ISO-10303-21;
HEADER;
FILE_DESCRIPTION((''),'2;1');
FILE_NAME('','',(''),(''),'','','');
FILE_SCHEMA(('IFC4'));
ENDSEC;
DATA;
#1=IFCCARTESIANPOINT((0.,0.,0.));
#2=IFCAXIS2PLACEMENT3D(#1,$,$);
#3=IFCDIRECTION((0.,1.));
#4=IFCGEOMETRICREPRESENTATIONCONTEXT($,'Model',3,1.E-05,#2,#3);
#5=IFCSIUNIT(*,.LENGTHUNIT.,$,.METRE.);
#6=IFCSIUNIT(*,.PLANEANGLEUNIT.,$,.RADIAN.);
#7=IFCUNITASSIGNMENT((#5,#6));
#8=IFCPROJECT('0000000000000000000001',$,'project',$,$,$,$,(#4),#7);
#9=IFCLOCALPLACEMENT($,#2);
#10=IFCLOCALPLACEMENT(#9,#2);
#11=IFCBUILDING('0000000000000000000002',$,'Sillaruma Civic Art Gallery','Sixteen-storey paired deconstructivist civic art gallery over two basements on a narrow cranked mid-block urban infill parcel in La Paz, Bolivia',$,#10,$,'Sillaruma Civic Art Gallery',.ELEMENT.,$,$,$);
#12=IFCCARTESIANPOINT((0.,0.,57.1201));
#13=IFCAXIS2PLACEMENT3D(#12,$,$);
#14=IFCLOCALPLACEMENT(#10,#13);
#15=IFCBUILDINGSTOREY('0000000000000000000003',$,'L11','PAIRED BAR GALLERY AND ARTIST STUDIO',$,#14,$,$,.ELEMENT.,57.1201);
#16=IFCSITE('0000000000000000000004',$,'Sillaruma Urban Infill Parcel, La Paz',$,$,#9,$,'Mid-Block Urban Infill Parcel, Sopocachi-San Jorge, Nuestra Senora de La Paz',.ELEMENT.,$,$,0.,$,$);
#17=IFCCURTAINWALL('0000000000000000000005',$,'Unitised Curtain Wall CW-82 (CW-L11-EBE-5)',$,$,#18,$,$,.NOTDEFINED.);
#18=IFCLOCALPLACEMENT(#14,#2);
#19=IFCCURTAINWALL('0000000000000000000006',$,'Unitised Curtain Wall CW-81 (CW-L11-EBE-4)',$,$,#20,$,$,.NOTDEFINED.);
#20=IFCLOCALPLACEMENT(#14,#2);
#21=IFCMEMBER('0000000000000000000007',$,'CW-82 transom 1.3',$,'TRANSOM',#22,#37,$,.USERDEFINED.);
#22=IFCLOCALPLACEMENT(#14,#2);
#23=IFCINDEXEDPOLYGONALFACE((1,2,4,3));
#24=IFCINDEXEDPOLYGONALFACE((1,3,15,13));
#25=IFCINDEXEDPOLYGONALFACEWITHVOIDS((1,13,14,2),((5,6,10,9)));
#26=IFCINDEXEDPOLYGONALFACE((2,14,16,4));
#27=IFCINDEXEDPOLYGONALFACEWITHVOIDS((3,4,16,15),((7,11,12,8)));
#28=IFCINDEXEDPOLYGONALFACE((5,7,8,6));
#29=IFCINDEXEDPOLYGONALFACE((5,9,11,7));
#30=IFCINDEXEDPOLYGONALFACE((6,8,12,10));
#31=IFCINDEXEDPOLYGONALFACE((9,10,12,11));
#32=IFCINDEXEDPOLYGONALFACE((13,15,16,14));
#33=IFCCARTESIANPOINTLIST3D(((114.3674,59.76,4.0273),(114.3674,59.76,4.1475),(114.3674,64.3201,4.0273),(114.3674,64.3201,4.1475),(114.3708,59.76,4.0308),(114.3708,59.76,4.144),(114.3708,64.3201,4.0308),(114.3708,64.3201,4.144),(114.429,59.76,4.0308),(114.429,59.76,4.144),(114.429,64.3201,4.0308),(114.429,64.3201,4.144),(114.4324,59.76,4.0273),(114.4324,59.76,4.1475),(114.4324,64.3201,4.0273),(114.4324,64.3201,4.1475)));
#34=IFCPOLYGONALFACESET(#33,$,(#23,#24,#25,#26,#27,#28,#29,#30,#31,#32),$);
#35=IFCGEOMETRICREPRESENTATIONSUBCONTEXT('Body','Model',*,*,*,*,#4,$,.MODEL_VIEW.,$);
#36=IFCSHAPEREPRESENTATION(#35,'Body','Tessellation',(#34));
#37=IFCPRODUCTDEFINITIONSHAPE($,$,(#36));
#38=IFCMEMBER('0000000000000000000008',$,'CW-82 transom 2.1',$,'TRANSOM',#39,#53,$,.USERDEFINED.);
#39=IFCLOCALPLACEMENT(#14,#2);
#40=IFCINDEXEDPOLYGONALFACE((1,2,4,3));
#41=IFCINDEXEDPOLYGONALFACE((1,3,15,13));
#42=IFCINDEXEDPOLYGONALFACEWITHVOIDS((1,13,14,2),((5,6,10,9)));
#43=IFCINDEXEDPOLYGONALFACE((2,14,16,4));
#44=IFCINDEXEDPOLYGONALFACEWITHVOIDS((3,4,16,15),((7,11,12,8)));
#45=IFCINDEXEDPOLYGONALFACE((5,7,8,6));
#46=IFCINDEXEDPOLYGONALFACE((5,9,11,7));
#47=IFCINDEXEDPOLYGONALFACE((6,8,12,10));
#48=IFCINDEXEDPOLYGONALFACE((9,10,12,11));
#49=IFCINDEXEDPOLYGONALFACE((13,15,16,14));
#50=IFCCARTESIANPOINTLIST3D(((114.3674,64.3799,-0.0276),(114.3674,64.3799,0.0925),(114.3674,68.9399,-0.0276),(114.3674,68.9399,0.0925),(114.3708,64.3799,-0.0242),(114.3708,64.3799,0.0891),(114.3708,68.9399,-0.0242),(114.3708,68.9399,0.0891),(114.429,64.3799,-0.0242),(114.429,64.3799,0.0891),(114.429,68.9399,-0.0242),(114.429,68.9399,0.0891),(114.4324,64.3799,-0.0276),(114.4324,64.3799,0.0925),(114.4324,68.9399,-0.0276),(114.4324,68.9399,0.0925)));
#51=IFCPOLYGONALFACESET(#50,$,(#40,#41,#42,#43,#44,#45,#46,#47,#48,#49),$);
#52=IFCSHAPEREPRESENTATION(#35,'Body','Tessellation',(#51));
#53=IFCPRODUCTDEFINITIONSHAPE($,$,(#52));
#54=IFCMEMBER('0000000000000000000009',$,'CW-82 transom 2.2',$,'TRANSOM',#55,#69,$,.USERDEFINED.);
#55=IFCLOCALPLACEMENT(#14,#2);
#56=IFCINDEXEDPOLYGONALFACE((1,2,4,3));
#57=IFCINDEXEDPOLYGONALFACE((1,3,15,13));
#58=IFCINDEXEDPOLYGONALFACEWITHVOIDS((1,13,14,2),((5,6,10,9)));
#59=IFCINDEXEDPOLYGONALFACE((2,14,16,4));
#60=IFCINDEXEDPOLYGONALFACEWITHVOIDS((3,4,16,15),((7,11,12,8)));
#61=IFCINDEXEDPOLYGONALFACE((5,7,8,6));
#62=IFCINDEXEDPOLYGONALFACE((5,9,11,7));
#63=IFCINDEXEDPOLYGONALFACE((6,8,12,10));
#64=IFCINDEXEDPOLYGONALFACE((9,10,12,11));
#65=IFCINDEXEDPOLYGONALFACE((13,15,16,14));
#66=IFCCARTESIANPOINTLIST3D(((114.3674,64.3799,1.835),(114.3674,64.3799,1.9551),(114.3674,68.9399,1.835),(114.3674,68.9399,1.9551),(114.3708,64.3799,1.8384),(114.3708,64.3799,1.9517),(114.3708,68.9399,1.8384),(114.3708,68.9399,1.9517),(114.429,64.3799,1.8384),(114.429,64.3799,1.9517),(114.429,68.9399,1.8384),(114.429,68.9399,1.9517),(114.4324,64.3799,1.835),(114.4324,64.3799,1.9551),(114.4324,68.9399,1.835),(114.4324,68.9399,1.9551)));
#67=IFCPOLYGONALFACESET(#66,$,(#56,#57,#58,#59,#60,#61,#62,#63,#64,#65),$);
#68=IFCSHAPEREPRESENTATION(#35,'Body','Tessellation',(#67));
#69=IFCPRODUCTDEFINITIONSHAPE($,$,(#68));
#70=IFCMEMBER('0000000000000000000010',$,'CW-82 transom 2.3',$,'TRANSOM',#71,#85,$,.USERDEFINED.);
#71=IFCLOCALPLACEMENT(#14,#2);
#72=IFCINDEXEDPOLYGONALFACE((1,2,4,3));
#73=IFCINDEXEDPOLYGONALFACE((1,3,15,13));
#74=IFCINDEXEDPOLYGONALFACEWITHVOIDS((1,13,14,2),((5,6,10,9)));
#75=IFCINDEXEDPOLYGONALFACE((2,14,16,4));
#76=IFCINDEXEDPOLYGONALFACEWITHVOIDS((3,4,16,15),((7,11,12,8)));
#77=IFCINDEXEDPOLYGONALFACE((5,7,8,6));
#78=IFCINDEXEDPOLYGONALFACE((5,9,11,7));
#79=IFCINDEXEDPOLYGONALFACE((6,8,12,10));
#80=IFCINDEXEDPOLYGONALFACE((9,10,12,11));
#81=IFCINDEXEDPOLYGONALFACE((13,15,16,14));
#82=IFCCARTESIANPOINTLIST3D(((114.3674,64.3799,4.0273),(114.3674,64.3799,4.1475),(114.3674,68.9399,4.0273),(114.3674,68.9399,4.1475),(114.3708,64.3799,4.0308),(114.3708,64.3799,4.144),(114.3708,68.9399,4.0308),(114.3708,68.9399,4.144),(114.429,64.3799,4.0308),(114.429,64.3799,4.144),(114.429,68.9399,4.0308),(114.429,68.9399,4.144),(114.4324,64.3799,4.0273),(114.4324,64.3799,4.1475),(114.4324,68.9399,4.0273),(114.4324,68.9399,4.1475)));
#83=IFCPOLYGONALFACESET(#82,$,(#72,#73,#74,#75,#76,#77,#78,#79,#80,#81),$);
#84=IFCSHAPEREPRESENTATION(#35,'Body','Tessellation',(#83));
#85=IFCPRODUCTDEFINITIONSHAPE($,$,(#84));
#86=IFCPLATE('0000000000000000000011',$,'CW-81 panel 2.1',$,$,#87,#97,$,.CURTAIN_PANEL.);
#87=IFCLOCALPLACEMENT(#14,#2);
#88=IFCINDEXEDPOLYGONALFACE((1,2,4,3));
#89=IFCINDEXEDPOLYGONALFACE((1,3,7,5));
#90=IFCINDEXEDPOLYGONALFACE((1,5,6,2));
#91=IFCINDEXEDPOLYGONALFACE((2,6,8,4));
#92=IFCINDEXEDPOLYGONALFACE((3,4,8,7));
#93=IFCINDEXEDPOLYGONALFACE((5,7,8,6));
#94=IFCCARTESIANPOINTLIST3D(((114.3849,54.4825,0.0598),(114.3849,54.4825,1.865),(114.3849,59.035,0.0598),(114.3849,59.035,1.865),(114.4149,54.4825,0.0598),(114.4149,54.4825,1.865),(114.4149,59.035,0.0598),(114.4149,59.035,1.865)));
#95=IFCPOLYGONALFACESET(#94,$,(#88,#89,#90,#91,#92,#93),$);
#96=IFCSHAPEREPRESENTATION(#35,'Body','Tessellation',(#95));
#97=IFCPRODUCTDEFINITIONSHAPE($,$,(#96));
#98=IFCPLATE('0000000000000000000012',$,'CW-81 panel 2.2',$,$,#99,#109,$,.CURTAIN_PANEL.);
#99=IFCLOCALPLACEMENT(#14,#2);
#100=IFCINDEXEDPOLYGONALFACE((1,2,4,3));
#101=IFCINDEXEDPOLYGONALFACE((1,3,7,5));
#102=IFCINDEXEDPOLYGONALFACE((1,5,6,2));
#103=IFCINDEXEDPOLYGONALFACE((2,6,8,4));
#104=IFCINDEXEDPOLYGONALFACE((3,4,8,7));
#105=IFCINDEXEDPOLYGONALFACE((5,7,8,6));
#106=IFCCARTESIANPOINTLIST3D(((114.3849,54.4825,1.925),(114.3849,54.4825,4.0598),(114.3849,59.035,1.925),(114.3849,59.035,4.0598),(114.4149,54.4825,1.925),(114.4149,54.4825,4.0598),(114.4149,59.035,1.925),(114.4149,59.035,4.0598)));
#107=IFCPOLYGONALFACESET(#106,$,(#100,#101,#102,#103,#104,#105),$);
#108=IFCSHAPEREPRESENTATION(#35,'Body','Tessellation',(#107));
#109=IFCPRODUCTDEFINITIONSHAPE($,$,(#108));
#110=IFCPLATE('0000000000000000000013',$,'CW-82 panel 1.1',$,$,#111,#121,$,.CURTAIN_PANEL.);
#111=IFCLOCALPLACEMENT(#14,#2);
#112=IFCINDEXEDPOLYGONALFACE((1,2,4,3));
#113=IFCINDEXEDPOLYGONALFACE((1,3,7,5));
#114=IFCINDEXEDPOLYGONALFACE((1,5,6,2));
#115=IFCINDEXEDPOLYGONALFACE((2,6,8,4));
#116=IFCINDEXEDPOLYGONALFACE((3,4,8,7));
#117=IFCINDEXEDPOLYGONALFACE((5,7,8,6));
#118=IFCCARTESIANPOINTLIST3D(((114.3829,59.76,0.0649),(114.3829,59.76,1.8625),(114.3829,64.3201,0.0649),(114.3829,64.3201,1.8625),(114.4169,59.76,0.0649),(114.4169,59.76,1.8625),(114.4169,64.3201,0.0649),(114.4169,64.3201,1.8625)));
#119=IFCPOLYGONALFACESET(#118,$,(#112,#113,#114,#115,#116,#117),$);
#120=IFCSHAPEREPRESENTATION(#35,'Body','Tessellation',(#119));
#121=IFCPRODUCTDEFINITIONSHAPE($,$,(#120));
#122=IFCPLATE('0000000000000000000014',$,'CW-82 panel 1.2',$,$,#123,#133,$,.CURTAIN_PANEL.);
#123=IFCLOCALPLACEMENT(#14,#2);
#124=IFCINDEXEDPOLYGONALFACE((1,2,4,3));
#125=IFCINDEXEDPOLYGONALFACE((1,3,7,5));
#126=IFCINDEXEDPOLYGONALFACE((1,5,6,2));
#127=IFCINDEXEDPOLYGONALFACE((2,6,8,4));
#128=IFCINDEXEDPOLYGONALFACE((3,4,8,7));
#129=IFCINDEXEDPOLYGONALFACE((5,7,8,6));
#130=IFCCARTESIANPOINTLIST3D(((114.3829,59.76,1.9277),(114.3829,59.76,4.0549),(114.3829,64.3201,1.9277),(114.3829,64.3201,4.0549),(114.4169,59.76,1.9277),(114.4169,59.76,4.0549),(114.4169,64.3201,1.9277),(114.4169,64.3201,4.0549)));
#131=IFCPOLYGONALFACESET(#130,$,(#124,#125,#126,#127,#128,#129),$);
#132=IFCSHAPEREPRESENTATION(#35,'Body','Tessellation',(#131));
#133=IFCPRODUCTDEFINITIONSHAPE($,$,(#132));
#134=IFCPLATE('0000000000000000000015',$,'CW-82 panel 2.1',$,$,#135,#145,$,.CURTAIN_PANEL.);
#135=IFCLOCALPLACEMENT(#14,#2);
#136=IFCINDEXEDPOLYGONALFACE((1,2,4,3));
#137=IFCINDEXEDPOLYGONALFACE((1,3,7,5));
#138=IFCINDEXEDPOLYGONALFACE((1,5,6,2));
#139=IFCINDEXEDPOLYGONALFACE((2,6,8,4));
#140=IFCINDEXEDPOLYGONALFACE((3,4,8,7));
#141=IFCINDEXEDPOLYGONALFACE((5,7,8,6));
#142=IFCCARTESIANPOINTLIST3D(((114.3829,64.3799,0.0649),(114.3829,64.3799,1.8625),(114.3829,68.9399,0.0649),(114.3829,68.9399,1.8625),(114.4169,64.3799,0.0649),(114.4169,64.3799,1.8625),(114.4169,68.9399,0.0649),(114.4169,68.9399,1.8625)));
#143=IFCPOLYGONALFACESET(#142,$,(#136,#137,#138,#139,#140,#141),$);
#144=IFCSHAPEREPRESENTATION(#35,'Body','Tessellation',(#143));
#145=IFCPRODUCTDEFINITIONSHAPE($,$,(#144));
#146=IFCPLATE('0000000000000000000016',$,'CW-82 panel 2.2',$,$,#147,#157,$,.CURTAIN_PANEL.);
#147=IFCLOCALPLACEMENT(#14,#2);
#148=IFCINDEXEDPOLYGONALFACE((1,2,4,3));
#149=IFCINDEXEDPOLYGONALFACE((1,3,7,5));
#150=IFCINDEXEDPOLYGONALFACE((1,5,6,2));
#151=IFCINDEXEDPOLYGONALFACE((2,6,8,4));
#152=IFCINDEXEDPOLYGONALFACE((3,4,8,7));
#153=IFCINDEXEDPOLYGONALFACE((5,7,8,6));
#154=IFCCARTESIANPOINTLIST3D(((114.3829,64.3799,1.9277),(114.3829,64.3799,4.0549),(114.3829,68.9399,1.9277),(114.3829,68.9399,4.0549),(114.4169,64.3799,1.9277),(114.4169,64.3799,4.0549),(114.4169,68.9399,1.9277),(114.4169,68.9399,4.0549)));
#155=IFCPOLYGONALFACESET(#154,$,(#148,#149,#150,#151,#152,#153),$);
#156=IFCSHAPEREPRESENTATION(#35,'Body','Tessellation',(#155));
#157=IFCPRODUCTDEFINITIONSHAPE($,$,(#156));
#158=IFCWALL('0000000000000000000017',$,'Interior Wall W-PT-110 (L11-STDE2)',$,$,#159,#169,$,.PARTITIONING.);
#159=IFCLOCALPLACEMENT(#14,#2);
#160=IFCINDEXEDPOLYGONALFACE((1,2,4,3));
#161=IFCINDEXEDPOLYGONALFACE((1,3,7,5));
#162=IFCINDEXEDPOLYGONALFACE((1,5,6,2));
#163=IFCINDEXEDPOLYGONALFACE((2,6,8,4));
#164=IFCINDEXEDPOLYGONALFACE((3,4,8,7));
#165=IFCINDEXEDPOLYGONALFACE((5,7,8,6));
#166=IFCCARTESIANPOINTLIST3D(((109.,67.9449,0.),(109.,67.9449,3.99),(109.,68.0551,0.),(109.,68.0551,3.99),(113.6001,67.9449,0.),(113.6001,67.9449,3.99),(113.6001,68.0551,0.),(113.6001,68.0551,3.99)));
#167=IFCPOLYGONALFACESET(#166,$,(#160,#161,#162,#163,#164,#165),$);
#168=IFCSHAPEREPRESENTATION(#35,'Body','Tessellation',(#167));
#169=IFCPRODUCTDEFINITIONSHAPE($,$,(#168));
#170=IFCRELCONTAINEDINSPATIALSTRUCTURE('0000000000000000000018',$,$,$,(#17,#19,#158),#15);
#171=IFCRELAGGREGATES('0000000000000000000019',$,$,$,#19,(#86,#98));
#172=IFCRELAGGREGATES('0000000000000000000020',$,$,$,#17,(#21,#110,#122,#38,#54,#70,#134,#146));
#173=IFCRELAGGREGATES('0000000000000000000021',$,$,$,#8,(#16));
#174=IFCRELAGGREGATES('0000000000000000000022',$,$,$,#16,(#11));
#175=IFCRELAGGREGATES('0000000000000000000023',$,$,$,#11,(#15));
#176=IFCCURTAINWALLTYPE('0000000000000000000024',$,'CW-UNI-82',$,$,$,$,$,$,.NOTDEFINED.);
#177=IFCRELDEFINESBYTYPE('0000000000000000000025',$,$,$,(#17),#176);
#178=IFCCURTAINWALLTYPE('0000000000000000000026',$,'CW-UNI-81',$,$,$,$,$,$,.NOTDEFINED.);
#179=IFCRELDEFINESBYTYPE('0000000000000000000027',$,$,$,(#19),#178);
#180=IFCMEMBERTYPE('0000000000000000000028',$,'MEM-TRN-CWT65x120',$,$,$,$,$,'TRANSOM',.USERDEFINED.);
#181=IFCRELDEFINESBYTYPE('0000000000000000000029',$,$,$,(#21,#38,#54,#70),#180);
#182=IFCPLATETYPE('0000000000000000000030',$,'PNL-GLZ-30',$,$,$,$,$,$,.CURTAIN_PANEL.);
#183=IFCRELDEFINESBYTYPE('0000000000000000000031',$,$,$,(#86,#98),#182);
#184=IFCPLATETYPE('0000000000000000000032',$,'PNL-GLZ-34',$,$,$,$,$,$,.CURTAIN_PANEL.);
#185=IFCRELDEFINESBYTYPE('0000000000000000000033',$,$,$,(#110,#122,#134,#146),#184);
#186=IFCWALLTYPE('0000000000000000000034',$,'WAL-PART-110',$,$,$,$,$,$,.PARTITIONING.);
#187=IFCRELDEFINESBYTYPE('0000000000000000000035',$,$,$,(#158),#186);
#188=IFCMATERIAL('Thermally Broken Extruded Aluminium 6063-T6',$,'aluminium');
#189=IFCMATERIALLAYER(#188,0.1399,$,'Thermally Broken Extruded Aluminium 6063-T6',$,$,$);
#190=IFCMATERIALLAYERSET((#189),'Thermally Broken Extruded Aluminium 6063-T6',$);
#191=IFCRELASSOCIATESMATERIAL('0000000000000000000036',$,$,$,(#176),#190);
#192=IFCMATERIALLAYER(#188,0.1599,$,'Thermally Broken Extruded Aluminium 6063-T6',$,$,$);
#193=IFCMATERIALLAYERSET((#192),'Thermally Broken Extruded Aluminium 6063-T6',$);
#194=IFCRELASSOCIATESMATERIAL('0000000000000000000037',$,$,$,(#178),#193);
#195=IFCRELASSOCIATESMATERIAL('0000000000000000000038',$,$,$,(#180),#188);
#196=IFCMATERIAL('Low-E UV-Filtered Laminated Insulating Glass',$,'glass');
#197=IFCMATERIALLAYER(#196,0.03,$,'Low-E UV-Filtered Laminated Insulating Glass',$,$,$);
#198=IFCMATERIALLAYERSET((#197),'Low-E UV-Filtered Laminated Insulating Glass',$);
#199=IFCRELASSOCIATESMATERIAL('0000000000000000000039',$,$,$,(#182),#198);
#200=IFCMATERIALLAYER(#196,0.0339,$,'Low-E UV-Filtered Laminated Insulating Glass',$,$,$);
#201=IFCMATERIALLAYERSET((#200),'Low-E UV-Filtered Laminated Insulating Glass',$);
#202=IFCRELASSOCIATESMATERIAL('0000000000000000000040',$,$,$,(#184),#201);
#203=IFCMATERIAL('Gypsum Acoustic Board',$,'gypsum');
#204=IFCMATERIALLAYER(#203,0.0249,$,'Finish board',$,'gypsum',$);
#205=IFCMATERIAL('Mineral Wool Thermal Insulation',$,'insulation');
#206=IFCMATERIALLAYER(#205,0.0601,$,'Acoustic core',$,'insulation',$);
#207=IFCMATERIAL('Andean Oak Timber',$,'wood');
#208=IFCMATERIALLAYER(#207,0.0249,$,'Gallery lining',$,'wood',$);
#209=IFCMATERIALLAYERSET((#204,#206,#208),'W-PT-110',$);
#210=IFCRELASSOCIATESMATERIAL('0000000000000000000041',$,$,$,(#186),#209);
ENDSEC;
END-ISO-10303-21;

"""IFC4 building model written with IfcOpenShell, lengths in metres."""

from ifc_helpers import new_model, si_unit, direction, frame, frame_2d, origin, origin_2d, place, context, subcontext, project, spatial, rectangle, hollow_rectangle, extrude, material, layer, layer_set, material_profile, profile_set, type_object, element, aggregate, save


model = new_model("IFC4")

# Units and contexts
model_context = context("Model", 3, precision=1e-05, world=origin(), true_north=direction((0.0, 1.0)))
body_context = subcontext(model_context, "Body", "Model", "MODEL_VIEW")
ifc_project = project(units=[si_unit("LENGTHUNIT", "METRE"), si_unit("PLANEANGLEUNIT", "RADIAN")], contexts=[model_context])

# Site, building, storey
site_placement = place(None, origin())
site = spatial("IfcSite", under=ifc_project, at=site_placement, Name="Sillaruma Urban Infill Parcel, La Paz", LongName="Mid-Block Urban Infill Parcel, Sopocachi-San Jorge, Nuestra Senora de La Paz", CompositionType="ELEMENT", RefElevation=0.0)
building_placement = place(site_placement, origin())
building = spatial("IfcBuilding", under=site, at=building_placement, Name="Sillaruma Civic Art Gallery", Description="Sixteen-storey paired deconstructivist civic art gallery over two basements on a narrow cranked mid-block urban infill parcel in La Paz, Bolivia", LongName="Sillaruma Civic Art Gallery", CompositionType="ELEMENT")
storey_placement = place(building_placement, frame((0.0, 0.0, 57.1201)))
storey = spatial("IfcBuildingStorey", under=building, at=storey_placement, Name="L11", Description="PAIRED BAR GALLERY AND ARTIST STUDIO", CompositionType="ELEMENT", Elevation=57.1201)

# Curtain walls
ifc_material_1 = material(Name="Thermally Broken Extruded Aluminium 6063-T6", Category="aluminium")
ifc_layer_1 = layer(ifc_material_1, 0.1399, Name="Thermally Broken Extruded Aluminium 6063-T6")
ifc_layer_set_1 = layer_set([ifc_layer_1], Name="Thermally Broken Extruded Aluminium 6063-T6")
curtain_wall_type_1 = type_object("IfcCurtainWallType", Name="CW-UNI-82", PredefinedType="NOTDEFINED", material=ifc_layer_set_1)
curtain_wall_1_placement = place(storey_placement, origin())
curtain_wall_1 = element("IfcCurtainWall", 1, at=curtain_wall_1_placement, inside=storey, type_object=curtain_wall_type_1, Name="Unitised Curtain Wall CW-82 (CW-L11-EBE-5)", PredefinedType="NOTDEFINED")
ifc_layer_2 = layer(ifc_material_1, 0.1599, Name="Thermally Broken Extruded Aluminium 6063-T6")
ifc_layer_set_2 = layer_set([ifc_layer_2], Name="Thermally Broken Extruded Aluminium 6063-T6")
curtain_wall_type_2 = type_object("IfcCurtainWallType", Name="CW-UNI-81", PredefinedType="NOTDEFINED", material=ifc_layer_set_2)
curtain_wall_2_placement = place(storey_placement, origin())
curtain_wall_2 = element("IfcCurtainWall", 2, at=curtain_wall_2_placement, inside=storey, type_object=curtain_wall_type_2, Name="Unitised Curtain Wall CW-81 (CW-L11-EBE-4)", PredefinedType="NOTDEFINED")

# Members
ifc_material_profile_1 = material_profile(ifc_material_1, hollow_rectangle(XDim=0.0649, YDim=0.1201, WallThickness=0.0034, at=origin_2d()), Name="CWT65x120")
ifc_profile_set_1 = profile_set([ifc_material_profile_1], Name="Thermally Broken Extruded Aluminium 6063-T6")
member_type_1 = type_object("IfcMemberType", Name="MEM-TRN-CWT65x120", ElementType="TRANSOM", PredefinedType="USERDEFINED", material=ifc_profile_set_1)
member_1_placement = place(storey_placement, frame((114.3999, 59.76, 4.0874), z_axis=(0.0, 1.0, 0.0), x_axis=(-1.0, 0.0, 0.0)))
member_1 = element("IfcMember", 3, at=member_1_placement, type_object=member_type_1, Name="CW-82 transom 1.3", ObjectType="TRANSOM", PredefinedType="USERDEFINED", context=body_context, shape_type="SweptSolid", body=[
    extrude(hollow_rectangle(XDim=0.0649, YDim=0.1201, WallThickness=0.0034, at=origin_2d()), origin(), (0.0, 0.0, 1.0), 4.5601),
])
member_2_placement = place(storey_placement, frame((114.3999, 64.3799, 0.0325), z_axis=(0.0, 1.0, 0.0), x_axis=(-1.0, 0.0, 0.0)))
member_2 = element("IfcMember", 4, at=member_2_placement, type_object=member_type_1, Name="CW-82 transom 2.1", ObjectType="TRANSOM", PredefinedType="USERDEFINED", context=body_context, shape_type="SweptSolid", body=[
    extrude(hollow_rectangle(XDim=0.0649, YDim=0.1201, WallThickness=0.0034, at=origin_2d()), origin(), (0.0, 0.0, 1.0), 4.5601),
])
member_3_placement = place(storey_placement, frame((114.3999, 64.3799, 1.895), z_axis=(0.0, 1.0, 0.0), x_axis=(-1.0, 0.0, 0.0)))
member_3 = element("IfcMember", 5, at=member_3_placement, type_object=member_type_1, Name="CW-82 transom 2.2", ObjectType="TRANSOM", PredefinedType="USERDEFINED", context=body_context, shape_type="SweptSolid", body=[
    extrude(hollow_rectangle(XDim=0.0649, YDim=0.1201, WallThickness=0.0034, at=origin_2d()), origin(), (0.0, 0.0, 1.0), 4.5601),
])
member_4_placement = place(storey_placement, frame((114.3999, 64.3799, 4.0874), z_axis=(0.0, 1.0, 0.0), x_axis=(-1.0, 0.0, 0.0)))
member_4 = element("IfcMember", 6, at=member_4_placement, type_object=member_type_1, Name="CW-82 transom 2.3", ObjectType="TRANSOM", PredefinedType="USERDEFINED", context=body_context, shape_type="SweptSolid", body=[
    extrude(hollow_rectangle(XDim=0.0649, YDim=0.1201, WallThickness=0.0034, at=origin_2d()), origin(), (0.0, 0.0, 1.0), 4.5601),
])

# Plates
ifc_material_2 = material(Name="Low-E UV-Filtered Laminated Insulating Glass", Category="glass")
ifc_layer_3 = layer(ifc_material_2, 0.03, Name="Low-E UV-Filtered Laminated Insulating Glass")
ifc_layer_set_3 = layer_set([ifc_layer_3], Name="Low-E UV-Filtered Laminated Insulating Glass")
plate_type_1 = type_object("IfcPlateType", Name="PNL-GLZ-30", PredefinedType="CURTAIN_PANEL", material=ifc_layer_set_3)
plate_1_placement = place(storey_placement, frame((114.3999, 56.7588, 0.0598), z_axis=(0.0, 0.0, 1.0), x_axis=(0.0, 1.0, 0.0)))
plate_1 = element("IfcPlate", 7, at=plate_1_placement, type_object=plate_type_1, Name="CW-81 panel 2.1", PredefinedType="CURTAIN_PANEL", context=body_context, shape_type="SweptSolid", body=[
    extrude(rectangle(XDim=4.5525, YDim=0.03, at=origin_2d()), origin(), (0.0, 0.0, 1.0), 1.8052),
])
plate_2_placement = place(storey_placement, frame((114.3999, 56.7588, 1.925), z_axis=(0.0, 0.0, 1.0), x_axis=(0.0, 1.0, 0.0)))
plate_2 = element("IfcPlate", 8, at=plate_2_placement, type_object=plate_type_1, Name="CW-81 panel 2.2", PredefinedType="CURTAIN_PANEL", context=body_context, shape_type="SweptSolid", body=[
    extrude(rectangle(XDim=4.5525, YDim=0.03, at=origin_2d()), origin(), (0.0, 0.0, 1.0), 2.1348),
])
aggregate(curtain_wall_2, [plate_1, plate_2])
ifc_layer_4 = layer(ifc_material_2, 0.0339, Name="Low-E UV-Filtered Laminated Insulating Glass")
ifc_layer_set_4 = layer_set([ifc_layer_4], Name="Low-E UV-Filtered Laminated Insulating Glass")
plate_type_2 = type_object("IfcPlateType", Name="PNL-GLZ-34", PredefinedType="CURTAIN_PANEL", material=ifc_layer_set_4)
plate_3_placement = place(storey_placement, frame((114.3999, 62.04, 0.0649), z_axis=(0.0, 0.0, 1.0), x_axis=(0.0, 1.0, 0.0)))
plate_3 = element("IfcPlate", 9, at=plate_3_placement, type_object=plate_type_2, Name="CW-82 panel 1.1", PredefinedType="CURTAIN_PANEL", context=body_context, shape_type="SweptSolid", body=[
    extrude(rectangle(XDim=4.5601, YDim=0.0339, at=origin_2d()), origin(), (0.0, 0.0, 1.0), 1.7976),
])
plate_4_placement = place(storey_placement, frame((114.3999, 62.04, 1.9277), z_axis=(0.0, 0.0, 1.0), x_axis=(0.0, 1.0, 0.0)))
plate_4 = element("IfcPlate", 10, at=plate_4_placement, type_object=plate_type_2, Name="CW-82 panel 1.2", PredefinedType="CURTAIN_PANEL", context=body_context, shape_type="SweptSolid", body=[
    extrude(rectangle(XDim=4.5601, YDim=0.0339, at=origin_2d()), origin(), (0.0, 0.0, 1.0), 2.1272),
])
plate_5_placement = place(storey_placement, frame((114.3999, 66.6599, 0.0649), z_axis=(0.0, 0.0, 1.0), x_axis=(0.0, 1.0, 0.0)))
plate_5 = element("IfcPlate", 11, at=plate_5_placement, type_object=plate_type_2, Name="CW-82 panel 2.1", PredefinedType="CURTAIN_PANEL", context=body_context, shape_type="SweptSolid", body=[
    extrude(rectangle(XDim=4.5601, YDim=0.0339, at=origin_2d()), origin(), (0.0, 0.0, 1.0), 1.7976),
])
plate_6_placement = place(storey_placement, frame((114.3999, 66.6599, 1.9277), z_axis=(0.0, 0.0, 1.0), x_axis=(0.0, 1.0, 0.0)))
plate_6 = element("IfcPlate", 12, at=plate_6_placement, type_object=plate_type_2, Name="CW-82 panel 2.2", PredefinedType="CURTAIN_PANEL", context=body_context, shape_type="SweptSolid", body=[
    extrude(rectangle(XDim=4.5601, YDim=0.0339, at=origin_2d()), origin(), (0.0, 0.0, 1.0), 2.1272),
])
aggregate(curtain_wall_1, [member_1, plate_3, plate_4, member_2, member_3, member_4, plate_5, plate_6])

# Wall
ifc_material_3 = material(Name="Gypsum Acoustic Board", Category="gypsum")
ifc_layer_5 = layer(ifc_material_3, 0.0249, Name="Finish board", Category="gypsum")
ifc_material_4 = material(Name="Mineral Wool Thermal Insulation", Category="insulation")
ifc_layer_6 = layer(ifc_material_4, 0.0601, Name="Acoustic core", Category="insulation")
ifc_material_5 = material(Name="Andean Oak Timber", Category="wood")
ifc_layer_7 = layer(ifc_material_5, 0.0249, Name="Gallery lining", Category="wood")
ifc_layer_set_5 = layer_set([ifc_layer_5, ifc_layer_6, ifc_layer_7], Name="W-PT-110")
wall_type = type_object("IfcWallType", Name="WAL-PART-110", PredefinedType="PARTITIONING", material=ifc_layer_set_5)
wall_placement = place(storey_placement, frame((109.0, 68.0, 0.0), z_axis=(0.0, 0.0, 1.0), x_axis=(1.0, 0.0, 0.0)))
element("IfcWall", 13, at=wall_placement, inside=storey, type_object=wall_type, Name="Interior Wall W-PT-110 (L11-STDE2)", PredefinedType="PARTITIONING", context=body_context, shape_type="SweptSolid", body=[
    extrude(rectangle(XDim=4.6001, YDim=0.1101, at=frame_2d((2.3, 0.0))), origin(), (0.0, 0.0, 1.0), 3.99),
])

save(model, "model.ifc")
